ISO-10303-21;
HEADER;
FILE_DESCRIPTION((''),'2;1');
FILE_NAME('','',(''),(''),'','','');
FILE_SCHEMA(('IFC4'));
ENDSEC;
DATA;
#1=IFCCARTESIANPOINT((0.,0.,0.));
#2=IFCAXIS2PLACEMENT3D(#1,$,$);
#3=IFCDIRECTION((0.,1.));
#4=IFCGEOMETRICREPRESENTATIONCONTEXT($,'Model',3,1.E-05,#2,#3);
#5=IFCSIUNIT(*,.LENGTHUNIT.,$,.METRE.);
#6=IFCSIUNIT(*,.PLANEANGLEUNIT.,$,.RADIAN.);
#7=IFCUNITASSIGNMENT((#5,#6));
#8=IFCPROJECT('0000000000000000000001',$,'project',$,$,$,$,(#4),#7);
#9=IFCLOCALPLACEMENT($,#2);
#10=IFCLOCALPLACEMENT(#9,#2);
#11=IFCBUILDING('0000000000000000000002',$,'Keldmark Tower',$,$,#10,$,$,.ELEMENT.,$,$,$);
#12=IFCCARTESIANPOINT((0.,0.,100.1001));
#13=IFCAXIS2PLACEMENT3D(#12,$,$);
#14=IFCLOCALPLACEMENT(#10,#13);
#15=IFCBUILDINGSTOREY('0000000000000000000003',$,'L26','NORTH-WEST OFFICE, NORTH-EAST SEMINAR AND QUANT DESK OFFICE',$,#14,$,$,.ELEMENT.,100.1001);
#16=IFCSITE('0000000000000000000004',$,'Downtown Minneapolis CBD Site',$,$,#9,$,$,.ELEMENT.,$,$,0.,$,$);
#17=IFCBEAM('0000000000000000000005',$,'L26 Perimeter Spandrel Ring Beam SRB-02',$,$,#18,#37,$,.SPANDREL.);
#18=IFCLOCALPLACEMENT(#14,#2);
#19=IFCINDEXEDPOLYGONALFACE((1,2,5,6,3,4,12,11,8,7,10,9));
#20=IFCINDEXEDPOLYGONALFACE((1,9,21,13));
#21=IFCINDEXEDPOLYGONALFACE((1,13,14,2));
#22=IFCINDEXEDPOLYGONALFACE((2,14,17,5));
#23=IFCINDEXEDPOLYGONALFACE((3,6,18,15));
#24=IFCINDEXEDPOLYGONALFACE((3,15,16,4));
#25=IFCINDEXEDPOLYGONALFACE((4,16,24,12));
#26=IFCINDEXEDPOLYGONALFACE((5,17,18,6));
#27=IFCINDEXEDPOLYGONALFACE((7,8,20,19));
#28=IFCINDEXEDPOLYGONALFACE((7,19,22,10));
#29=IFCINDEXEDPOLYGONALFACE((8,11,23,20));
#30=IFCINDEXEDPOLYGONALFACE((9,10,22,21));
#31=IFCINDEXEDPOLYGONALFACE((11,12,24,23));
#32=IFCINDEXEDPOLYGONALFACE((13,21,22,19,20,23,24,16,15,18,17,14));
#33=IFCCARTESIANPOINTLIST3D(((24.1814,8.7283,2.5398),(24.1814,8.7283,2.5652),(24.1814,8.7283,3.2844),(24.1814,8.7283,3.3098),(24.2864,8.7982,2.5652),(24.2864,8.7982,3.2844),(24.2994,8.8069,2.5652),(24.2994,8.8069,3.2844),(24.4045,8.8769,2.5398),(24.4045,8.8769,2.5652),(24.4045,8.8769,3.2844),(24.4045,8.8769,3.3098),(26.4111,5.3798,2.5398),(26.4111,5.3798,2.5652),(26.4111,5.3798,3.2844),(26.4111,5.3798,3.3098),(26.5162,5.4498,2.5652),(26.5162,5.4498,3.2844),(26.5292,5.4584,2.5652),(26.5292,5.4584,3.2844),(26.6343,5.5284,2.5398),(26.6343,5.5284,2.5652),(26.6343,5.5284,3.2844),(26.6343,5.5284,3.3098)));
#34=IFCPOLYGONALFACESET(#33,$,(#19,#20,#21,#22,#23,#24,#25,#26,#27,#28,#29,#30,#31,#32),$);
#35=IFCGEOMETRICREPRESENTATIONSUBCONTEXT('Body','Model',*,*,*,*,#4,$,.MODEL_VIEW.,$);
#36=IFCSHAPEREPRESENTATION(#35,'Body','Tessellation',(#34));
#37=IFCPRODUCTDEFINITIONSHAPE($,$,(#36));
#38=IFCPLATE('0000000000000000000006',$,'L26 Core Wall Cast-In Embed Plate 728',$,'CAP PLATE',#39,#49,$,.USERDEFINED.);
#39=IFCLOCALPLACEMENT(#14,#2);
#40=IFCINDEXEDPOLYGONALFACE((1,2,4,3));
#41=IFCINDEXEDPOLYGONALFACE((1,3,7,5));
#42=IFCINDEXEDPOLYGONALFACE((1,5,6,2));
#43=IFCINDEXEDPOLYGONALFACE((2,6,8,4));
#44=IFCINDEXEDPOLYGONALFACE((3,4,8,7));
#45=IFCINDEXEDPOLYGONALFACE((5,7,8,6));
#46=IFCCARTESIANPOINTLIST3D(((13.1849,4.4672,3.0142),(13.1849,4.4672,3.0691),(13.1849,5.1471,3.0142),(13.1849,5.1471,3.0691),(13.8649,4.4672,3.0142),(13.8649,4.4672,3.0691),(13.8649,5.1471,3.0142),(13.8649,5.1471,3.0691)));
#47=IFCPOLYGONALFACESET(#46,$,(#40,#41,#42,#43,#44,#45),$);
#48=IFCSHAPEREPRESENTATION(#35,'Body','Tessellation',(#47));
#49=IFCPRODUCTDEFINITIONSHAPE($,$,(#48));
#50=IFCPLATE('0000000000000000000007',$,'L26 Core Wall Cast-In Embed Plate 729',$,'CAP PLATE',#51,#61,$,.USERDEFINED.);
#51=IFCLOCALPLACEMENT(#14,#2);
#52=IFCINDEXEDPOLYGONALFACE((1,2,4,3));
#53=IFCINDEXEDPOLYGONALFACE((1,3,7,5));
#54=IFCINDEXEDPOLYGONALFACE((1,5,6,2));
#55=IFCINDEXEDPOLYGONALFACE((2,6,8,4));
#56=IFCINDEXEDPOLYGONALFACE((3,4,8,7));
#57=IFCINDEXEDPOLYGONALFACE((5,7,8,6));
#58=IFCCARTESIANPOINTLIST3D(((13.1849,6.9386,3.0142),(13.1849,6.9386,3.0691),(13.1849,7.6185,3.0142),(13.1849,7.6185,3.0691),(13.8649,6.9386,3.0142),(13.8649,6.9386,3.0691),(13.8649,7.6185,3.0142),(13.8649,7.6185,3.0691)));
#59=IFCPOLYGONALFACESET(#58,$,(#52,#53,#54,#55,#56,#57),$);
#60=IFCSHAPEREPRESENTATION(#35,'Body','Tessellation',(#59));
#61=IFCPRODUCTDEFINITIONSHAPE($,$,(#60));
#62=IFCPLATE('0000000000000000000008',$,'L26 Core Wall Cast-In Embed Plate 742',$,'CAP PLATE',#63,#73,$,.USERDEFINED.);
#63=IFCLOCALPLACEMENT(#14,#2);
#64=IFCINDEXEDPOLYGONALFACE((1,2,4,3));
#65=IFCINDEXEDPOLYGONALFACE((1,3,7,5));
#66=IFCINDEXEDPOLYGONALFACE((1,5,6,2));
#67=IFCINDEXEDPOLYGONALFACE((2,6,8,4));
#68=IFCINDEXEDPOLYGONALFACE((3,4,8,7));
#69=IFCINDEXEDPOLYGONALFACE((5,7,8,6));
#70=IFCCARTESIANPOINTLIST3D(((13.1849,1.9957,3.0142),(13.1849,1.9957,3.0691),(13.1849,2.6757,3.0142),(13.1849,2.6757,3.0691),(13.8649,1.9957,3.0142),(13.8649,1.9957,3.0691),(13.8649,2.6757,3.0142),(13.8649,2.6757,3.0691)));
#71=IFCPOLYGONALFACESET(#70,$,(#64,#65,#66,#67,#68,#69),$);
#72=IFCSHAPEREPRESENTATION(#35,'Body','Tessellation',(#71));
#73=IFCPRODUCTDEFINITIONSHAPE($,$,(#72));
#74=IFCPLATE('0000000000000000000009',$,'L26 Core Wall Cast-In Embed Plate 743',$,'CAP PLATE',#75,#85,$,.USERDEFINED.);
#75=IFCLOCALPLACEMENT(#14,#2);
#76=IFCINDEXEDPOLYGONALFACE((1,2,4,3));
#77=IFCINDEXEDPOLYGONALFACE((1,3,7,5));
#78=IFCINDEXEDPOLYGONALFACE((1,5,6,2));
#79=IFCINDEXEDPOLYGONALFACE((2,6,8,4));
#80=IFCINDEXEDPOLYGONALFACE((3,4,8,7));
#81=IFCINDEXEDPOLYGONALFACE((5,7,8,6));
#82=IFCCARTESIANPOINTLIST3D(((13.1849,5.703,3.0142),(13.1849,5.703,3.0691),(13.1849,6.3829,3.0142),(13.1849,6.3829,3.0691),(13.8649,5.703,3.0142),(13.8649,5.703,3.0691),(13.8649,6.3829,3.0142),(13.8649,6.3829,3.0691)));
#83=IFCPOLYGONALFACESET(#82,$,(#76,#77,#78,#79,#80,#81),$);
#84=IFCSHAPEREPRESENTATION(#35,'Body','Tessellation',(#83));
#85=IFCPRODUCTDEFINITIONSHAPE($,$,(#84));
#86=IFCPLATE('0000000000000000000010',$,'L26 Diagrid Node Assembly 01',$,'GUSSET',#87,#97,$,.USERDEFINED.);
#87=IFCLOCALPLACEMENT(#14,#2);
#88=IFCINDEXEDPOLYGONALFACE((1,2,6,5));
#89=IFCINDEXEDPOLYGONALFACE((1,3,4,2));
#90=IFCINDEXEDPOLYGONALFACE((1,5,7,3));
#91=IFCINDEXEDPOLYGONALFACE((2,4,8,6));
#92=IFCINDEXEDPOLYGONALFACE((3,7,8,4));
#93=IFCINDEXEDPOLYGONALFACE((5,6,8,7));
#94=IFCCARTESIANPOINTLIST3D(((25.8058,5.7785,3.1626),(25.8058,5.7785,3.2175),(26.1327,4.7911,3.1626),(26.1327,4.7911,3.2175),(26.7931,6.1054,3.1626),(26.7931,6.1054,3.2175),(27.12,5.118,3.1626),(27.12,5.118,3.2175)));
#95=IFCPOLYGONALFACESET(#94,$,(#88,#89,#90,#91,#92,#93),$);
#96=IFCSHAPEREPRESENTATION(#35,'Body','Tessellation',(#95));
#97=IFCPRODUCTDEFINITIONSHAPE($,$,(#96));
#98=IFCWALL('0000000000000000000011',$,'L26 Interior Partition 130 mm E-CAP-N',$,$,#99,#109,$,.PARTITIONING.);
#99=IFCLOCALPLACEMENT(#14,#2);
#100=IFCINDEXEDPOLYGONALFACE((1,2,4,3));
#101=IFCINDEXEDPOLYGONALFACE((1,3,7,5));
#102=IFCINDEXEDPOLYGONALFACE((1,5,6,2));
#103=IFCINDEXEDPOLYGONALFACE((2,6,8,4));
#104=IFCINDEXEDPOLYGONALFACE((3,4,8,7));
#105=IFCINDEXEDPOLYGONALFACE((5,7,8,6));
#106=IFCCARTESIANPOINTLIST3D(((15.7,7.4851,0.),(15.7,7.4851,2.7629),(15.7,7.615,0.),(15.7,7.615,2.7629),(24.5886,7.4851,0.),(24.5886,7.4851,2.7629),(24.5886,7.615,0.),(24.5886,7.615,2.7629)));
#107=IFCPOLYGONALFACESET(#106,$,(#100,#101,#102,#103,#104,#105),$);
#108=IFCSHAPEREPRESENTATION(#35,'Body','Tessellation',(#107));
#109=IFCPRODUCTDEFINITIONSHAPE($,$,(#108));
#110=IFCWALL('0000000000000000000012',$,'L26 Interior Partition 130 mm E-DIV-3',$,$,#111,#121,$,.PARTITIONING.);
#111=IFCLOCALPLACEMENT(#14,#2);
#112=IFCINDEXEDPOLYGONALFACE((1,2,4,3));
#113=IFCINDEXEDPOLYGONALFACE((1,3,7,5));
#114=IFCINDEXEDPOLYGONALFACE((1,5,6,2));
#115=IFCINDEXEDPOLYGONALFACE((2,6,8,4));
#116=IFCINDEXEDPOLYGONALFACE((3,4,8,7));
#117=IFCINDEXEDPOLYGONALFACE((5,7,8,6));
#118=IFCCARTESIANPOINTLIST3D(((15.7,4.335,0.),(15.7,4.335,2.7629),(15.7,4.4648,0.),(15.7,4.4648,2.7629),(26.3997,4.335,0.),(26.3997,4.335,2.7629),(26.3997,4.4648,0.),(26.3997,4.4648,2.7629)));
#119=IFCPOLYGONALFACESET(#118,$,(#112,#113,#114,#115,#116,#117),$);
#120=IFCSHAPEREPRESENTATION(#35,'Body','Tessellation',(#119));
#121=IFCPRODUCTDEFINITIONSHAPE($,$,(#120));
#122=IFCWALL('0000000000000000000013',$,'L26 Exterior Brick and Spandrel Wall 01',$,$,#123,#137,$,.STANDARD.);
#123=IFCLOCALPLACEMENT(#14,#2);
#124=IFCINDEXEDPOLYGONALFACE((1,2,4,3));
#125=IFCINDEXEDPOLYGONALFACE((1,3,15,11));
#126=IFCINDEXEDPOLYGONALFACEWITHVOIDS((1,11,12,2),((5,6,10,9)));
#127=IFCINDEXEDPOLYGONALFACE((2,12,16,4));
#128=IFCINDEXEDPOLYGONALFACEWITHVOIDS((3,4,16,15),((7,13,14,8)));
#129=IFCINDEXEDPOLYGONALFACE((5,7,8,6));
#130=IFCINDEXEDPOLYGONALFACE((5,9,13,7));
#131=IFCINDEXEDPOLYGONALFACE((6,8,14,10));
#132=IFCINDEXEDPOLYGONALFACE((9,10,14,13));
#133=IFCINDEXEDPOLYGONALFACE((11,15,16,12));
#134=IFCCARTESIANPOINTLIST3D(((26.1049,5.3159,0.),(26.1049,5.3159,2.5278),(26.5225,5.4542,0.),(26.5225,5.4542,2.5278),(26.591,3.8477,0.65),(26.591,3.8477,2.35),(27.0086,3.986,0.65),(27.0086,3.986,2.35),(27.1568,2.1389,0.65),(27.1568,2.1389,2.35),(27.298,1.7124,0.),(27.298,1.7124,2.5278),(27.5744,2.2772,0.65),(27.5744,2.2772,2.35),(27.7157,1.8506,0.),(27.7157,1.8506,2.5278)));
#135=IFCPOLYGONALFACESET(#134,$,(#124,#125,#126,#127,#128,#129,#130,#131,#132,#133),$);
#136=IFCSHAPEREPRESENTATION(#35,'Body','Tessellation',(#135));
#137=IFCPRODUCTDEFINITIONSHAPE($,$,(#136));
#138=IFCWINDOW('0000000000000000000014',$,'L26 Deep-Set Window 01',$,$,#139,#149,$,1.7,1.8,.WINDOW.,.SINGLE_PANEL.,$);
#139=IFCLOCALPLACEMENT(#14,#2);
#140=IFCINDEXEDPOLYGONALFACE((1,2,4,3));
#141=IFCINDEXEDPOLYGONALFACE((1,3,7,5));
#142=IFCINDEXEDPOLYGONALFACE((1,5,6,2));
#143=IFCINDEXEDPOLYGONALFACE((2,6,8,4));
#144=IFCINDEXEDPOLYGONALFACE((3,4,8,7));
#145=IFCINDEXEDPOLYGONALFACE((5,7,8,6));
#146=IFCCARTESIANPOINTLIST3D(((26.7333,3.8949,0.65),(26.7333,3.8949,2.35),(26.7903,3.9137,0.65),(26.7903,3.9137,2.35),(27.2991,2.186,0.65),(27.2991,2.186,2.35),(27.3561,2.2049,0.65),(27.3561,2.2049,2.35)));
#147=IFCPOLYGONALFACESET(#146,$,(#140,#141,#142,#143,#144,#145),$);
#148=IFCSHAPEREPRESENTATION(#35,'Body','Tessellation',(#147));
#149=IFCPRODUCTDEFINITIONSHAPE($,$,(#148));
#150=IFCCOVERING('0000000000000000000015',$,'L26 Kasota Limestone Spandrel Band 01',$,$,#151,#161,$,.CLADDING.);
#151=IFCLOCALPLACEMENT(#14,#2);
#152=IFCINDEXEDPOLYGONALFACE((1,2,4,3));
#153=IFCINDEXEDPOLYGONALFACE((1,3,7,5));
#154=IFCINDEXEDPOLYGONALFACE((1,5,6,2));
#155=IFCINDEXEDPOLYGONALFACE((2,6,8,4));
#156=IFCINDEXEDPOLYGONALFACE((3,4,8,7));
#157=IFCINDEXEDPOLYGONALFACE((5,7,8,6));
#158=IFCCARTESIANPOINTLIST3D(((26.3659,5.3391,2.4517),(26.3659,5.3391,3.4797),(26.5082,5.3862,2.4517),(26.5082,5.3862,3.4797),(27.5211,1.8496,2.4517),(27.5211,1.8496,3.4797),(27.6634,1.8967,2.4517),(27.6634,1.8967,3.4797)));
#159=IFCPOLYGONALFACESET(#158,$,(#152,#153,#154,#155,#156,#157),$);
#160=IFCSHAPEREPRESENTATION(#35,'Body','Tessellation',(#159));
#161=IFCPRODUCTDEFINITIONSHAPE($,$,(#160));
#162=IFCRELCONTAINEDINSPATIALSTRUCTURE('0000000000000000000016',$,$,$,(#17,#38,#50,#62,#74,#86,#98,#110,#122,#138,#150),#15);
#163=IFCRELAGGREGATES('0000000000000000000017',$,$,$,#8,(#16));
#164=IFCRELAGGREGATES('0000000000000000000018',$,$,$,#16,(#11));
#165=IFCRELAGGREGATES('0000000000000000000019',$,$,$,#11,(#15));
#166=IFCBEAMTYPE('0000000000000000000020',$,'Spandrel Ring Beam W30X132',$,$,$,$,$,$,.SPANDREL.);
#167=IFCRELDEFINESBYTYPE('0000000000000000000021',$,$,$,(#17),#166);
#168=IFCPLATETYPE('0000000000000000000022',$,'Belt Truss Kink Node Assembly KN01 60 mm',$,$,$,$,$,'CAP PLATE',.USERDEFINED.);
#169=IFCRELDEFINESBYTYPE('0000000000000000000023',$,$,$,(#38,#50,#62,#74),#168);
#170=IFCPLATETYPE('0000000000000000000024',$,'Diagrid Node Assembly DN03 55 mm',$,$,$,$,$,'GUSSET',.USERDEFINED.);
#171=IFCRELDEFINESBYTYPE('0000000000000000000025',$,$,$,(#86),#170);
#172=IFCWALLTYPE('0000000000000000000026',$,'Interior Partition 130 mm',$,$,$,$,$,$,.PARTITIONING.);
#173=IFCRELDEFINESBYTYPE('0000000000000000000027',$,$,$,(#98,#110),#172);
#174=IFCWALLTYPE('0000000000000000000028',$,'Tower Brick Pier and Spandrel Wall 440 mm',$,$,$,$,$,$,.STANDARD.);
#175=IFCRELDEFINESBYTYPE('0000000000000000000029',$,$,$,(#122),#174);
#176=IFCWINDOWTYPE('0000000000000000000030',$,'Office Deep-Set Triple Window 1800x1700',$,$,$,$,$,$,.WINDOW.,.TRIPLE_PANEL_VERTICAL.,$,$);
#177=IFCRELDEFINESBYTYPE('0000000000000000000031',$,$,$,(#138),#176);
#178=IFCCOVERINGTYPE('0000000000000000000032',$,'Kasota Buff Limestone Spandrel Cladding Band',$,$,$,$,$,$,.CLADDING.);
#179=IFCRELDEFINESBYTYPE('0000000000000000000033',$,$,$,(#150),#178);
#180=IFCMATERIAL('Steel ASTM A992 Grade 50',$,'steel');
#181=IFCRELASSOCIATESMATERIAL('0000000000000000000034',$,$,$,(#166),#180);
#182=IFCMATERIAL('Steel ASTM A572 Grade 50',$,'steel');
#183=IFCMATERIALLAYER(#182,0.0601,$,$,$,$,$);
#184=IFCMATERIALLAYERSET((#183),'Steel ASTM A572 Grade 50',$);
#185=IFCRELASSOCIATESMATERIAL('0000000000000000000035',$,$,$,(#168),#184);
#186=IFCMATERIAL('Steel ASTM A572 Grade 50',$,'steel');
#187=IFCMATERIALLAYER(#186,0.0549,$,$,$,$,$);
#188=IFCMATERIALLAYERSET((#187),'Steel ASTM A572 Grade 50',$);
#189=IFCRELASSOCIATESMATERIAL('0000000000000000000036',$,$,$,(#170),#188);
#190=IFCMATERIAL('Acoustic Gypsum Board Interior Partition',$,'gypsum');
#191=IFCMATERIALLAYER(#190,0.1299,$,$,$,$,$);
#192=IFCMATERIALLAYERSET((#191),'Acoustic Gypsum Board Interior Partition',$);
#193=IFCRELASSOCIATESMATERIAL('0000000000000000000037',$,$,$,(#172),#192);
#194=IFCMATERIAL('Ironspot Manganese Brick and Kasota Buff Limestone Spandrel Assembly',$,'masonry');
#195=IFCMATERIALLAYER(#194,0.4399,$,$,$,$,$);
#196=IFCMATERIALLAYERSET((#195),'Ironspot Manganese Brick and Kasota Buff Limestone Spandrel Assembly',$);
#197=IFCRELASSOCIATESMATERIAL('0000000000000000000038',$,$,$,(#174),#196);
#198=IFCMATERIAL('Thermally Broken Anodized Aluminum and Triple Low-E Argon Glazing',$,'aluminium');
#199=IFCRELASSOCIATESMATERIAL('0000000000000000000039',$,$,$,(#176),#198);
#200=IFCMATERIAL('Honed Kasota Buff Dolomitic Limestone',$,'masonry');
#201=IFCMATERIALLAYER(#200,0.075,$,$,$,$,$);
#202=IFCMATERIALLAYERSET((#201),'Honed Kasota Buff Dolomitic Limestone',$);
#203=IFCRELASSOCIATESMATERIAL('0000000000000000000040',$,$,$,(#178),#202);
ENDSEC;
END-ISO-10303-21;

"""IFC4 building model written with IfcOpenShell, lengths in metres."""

from ifc_helpers import new_model, si_unit, direction, frame, frame_2d, origin, origin_2d, place, context, subcontext, project, spatial, rectangle, i_section, extrude, material, layer, layer_set, material_profile, profile_set, type_object, element, fill, save


model = new_model("IFC4")

# Units and contexts
model_context = context("Model", 3, precision=1e-05, world=origin(), true_north=direction((0.0, 1.0)))
body_context = subcontext(model_context, "Body", "Model", "MODEL_VIEW")
ifc_project = project(units=[si_unit("LENGTHUNIT", "METRE"), si_unit("PLANEANGLEUNIT", "RADIAN")], contexts=[model_context])

# Site, building, storey
site_placement = place(None, origin())
site = spatial("IfcSite", under=ifc_project, at=site_placement, Name="Downtown Minneapolis CBD Site", CompositionType="ELEMENT", RefElevation=0.0)
building_placement = place(site_placement, origin())
building = spatial("IfcBuilding", under=site, at=building_placement, Name="Keldmark Tower", CompositionType="ELEMENT")
storey_placement = place(building_placement, frame((0.0, 0.0, 100.1001)))
storey = spatial("IfcBuildingStorey", under=building, at=storey_placement, Name="L26", Description="NORTH-WEST OFFICE, NORTH-EAST SEMINAR AND QUANT DESK OFFICE", CompositionType="ELEMENT", Elevation=100.1001)

# Beam
ifc_material_1 = material(Name="Steel ASTM A992 Grade 50", Category="steel")
ifc_material_profile_1 = material_profile(ifc_material_1, i_section(OverallWidth=0.2681, OverallDepth=0.77, WebThickness=0.0156, FlangeThickness=0.0254, at=origin_2d()), Name="W30X132")
ifc_profile_set_1 = profile_set([ifc_material_profile_1], Name="Steel ASTM A992 Grade 50")
beam_type_1 = type_object("IfcBeamType", Name="Spandrel Ring Beam W30X132", PredefinedType="SPANDREL", material=ifc_profile_set_1)
beam_1_placement = place(storey_placement, frame((26.5227, 5.4541, 2.9248), z_axis=(-0.554266, 0.83234, 0.0), x_axis=(-0.83234, -0.554266, 0.0)))
element("IfcBeam", 1, at=beam_1_placement, inside=storey, type_object=beam_type_1, Name="L26 Perimeter Spandrel Ring Beam SRB-02", PredefinedType="SPANDREL", context=body_context, shape_type="SweptSolid", body=[
    extrude(i_section(OverallWidth=0.2681, OverallDepth=0.77, WebThickness=0.0156, FlangeThickness=0.0254, at=origin_2d()), origin(), (0.0, 0.0, 1.0), 4.0229),
])

# Plates
ifc_material_2 = material(Name="Steel ASTM A572 Grade 50", Category="steel")
ifc_layer_1 = layer(ifc_material_2, 0.0601)
ifc_layer_set_1 = layer_set([ifc_layer_1], Name="Steel ASTM A572 Grade 50")
plate_type_1 = type_object("IfcPlateType", Name="Belt Truss Kink Node Assembly KN01 60 mm", ElementType="CAP PLATE", PredefinedType="USERDEFINED", material=ifc_layer_set_1)
for number, where, z_axis, x_axis, name in (
    (2, (13.5249, 4.8071, 3.0142), (0.0, 0.0, 1.0), (1.0, 0.0, 0.0), "L26 Core Wall Cast-In Embed Plate 728"),
    (3, (13.5249, 7.2786, 3.0142), (0.0, 0.0, 1.0), (1.0, 0.0, 0.0), "L26 Core Wall Cast-In Embed Plate 729"),
    (4, (13.5249, 2.3357, 3.0142), (0.0, 0.0, 1.0), (1.0, 0.0, 0.0), "L26 Core Wall Cast-In Embed Plate 742"),
    (5, (13.5249, 6.043, 3.0142), (0.0, 0.0, 1.0), (1.0, 0.0, 0.0), "L26 Core Wall Cast-In Embed Plate 743"),
):
    element("IfcPlate", number, at=place(storey_placement, frame(where, z_axis=z_axis, x_axis=x_axis)), inside=storey, type_object=plate_type_1, Name=name, ObjectType="CAP PLATE", PredefinedType="USERDEFINED", context=body_context, shape_type="SweptSolid", body=[
        extrude(rectangle(XDim=0.6799, YDim=0.6799, at=origin_2d()), origin(), (0.0, 0.0, 1.0), 0.0549),
    ])
ifc_material_3 = material(Name="Steel ASTM A572 Grade 50", Category="steel")
ifc_layer_2 = layer(ifc_material_3, 0.0549)
ifc_layer_set_2 = layer_set([ifc_layer_2], Name="Steel ASTM A572 Grade 50")
plate_type_2 = type_object("IfcPlateType", Name="Diagrid Node Assembly DN03 55 mm", ElementType="GUSSET", PredefinedType="USERDEFINED", material=ifc_layer_set_2)
plate_placement = place(storey_placement, frame((26.4629, 5.4482, 3.1626), z_axis=(0.0, 0.0, 1.0), x_axis=(-0.314324, 0.949316, 0.0)))
element("IfcPlate", 6, at=plate_placement, inside=storey, type_object=plate_type_2, Name="L26 Diagrid Node Assembly 01", ObjectType="GUSSET", PredefinedType="USERDEFINED", context=body_context, shape_type="SweptSolid", body=[
    extrude(rectangle(XDim=1.04, YDim=1.04, at=origin_2d()), origin(), (0.0, 0.0, 1.0), 0.0549),
])

# Walls
ifc_material_4 = material(Name="Acoustic Gypsum Board Interior Partition", Category="gypsum")
ifc_layer_3 = layer(ifc_material_4, 0.1299)
ifc_layer_set_3 = layer_set([ifc_layer_3], Name="Acoustic Gypsum Board Interior Partition")
wall_type_1 = type_object("IfcWallType", Name="Interior Partition 130 mm", PredefinedType="PARTITIONING", material=ifc_layer_set_3)
wall_1_placement = place(storey_placement, frame((15.7, 7.55, 0.0), z_axis=(0.0, 0.0, 1.0), x_axis=(1.0, 0.0, 0.0)))
element("IfcWall", 7, at=wall_1_placement, inside=storey, type_object=wall_type_1, Name="L26 Interior Partition 130 mm E-CAP-N", PredefinedType="PARTITIONING", context=body_context, shape_type="SweptSolid", body=[
    extrude(rectangle(XDim=8.8887, YDim=0.1299, at=frame_2d((4.4443, 0.0))), origin(), (0.0, 0.0, 1.0), 2.7629),
])
wall_2_placement = place(storey_placement, frame((15.7, 4.3999, 0.0), z_axis=(0.0, 0.0, 1.0), x_axis=(1.0, 0.0, 0.0)))
element("IfcWall", 8, at=wall_2_placement, inside=storey, type_object=wall_type_1, Name="L26 Interior Partition 130 mm E-DIV-3", PredefinedType="PARTITIONING", context=body_context, shape_type="SweptSolid", body=[
    extrude(rectangle(XDim=10.6997, YDim=0.1299, at=frame_2d((5.3499, 0.0))), origin(), (0.0, 0.0, 1.0), 2.7629),
])

# Wall, opening, window
ifc_material_5 = material(Name="Ironspot Manganese Brick and Kasota Buff Limestone Spandrel Assembly", Category="masonry")
ifc_layer_4 = layer(ifc_material_5, 0.4399)
ifc_layer_set_4 = layer_set([ifc_layer_4], Name="Ironspot Manganese Brick and Kasota Buff Limestone Spandrel Assembly")
wall_type_2 = type_object("IfcWallType", Name="Tower Brick Pier and Spandrel Wall 440 mm", PredefinedType="STANDARD", material=ifc_layer_set_4)
wall_3_placement = place(storey_placement, frame((26.3137, 5.385, 0.0), z_axis=(0.0, 0.0, 1.0), x_axis=(0.314317, -0.949318, 0.0)))
wall_3 = element("IfcWall", 9, at=wall_3_placement, inside=storey, type_object=wall_type_2, Name="L26 Exterior Brick and Spandrel Wall 01", PredefinedType="STANDARD", context=body_context, shape_type="SweptSolid", body=[
    extrude(rectangle(XDim=3.7959, YDim=0.4399, at=frame_2d((1.8979, 0.0))), origin(), (0.0, 0.0, 1.0), 2.5278),
])
opening_1_placement = place(wall_3_placement, frame((1.5466, 0.0, 0.6499)))
opening_1 = element("IfcOpeningElement", 10, at=opening_1_placement, cuts=wall_3, PredefinedType="OPENING", context=body_context, shape_type="SweptSolid", body=[
    extrude(rectangle(XDim=1.8, YDim=1.7, at=frame_2d((0.8999, 0.8501))), frame((0.0, 0.23, 0.0), z_axis=(0.0, -1.0, 0.0), x_axis=(1.0, 0.0, 0.0)), (0.0, 0.0, 1.0), 0.46),
])
ifc_material_6 = material(Name="Thermally Broken Anodized Aluminum and Triple Low-E Argon Glazing", Category="aluminium")
window_type = type_object("IfcWindowType", Name="Office Deep-Set Triple Window 1800x1700", PartitioningType="TRIPLE_PANEL_VERTICAL", PredefinedType="WINDOW", material=ifc_material_6)
window_placement = place(opening_1_placement, origin())
window = element("IfcWindow", 11, at=window_placement, inside=storey, type_object=window_type, Name="L26 Deep-Set Window 01", OverallHeight=1.7, OverallWidth=1.8, PartitioningType="SINGLE_PANEL", PredefinedType="WINDOW", context=body_context, shape_type="SweptSolid", body=[
    extrude(rectangle(XDim=1.8, YDim=1.7, at=frame_2d((0.8999, 0.8501))), frame((0.0, -0.01, 0.0), z_axis=(0.0, -1.0, 0.0), x_axis=(1.0, 0.0, 0.0)), (0.0, 0.0, 1.0), 0.0601),
])
fill(opening_1, window)

# Covering
ifc_material_7 = material(Name="Honed Kasota Buff Dolomitic Limestone", Category="masonry")
ifc_layer_5 = layer(ifc_material_7, 0.075)
ifc_layer_set_5 = layer_set([ifc_layer_5], Name="Honed Kasota Buff Dolomitic Limestone")
covering_type = type_object("IfcCoveringType", Name="Kasota Buff Limestone Spandrel Cladding Band", PredefinedType="CLADDING", material=ifc_layer_set_5)
covering_placement = place(storey_placement, frame((27.0146, 3.6179, 2.4517), z_axis=(0.0, 0.0, 1.0), x_axis=(-0.314291, 0.949327, 0.0)))
element("IfcCovering", 12, at=covering_placement, inside=storey, type_object=covering_type, Name="L26 Kasota Limestone Spandrel Band 01", PredefinedType="CLADDING", context=body_context, shape_type="SweptSolid", body=[
    extrude(rectangle(XDim=3.6758, YDim=0.1499, at=origin_2d()), origin(), (0.0, 0.0, 1.0), 1.0281),
])

save(model, "model.ifc")
